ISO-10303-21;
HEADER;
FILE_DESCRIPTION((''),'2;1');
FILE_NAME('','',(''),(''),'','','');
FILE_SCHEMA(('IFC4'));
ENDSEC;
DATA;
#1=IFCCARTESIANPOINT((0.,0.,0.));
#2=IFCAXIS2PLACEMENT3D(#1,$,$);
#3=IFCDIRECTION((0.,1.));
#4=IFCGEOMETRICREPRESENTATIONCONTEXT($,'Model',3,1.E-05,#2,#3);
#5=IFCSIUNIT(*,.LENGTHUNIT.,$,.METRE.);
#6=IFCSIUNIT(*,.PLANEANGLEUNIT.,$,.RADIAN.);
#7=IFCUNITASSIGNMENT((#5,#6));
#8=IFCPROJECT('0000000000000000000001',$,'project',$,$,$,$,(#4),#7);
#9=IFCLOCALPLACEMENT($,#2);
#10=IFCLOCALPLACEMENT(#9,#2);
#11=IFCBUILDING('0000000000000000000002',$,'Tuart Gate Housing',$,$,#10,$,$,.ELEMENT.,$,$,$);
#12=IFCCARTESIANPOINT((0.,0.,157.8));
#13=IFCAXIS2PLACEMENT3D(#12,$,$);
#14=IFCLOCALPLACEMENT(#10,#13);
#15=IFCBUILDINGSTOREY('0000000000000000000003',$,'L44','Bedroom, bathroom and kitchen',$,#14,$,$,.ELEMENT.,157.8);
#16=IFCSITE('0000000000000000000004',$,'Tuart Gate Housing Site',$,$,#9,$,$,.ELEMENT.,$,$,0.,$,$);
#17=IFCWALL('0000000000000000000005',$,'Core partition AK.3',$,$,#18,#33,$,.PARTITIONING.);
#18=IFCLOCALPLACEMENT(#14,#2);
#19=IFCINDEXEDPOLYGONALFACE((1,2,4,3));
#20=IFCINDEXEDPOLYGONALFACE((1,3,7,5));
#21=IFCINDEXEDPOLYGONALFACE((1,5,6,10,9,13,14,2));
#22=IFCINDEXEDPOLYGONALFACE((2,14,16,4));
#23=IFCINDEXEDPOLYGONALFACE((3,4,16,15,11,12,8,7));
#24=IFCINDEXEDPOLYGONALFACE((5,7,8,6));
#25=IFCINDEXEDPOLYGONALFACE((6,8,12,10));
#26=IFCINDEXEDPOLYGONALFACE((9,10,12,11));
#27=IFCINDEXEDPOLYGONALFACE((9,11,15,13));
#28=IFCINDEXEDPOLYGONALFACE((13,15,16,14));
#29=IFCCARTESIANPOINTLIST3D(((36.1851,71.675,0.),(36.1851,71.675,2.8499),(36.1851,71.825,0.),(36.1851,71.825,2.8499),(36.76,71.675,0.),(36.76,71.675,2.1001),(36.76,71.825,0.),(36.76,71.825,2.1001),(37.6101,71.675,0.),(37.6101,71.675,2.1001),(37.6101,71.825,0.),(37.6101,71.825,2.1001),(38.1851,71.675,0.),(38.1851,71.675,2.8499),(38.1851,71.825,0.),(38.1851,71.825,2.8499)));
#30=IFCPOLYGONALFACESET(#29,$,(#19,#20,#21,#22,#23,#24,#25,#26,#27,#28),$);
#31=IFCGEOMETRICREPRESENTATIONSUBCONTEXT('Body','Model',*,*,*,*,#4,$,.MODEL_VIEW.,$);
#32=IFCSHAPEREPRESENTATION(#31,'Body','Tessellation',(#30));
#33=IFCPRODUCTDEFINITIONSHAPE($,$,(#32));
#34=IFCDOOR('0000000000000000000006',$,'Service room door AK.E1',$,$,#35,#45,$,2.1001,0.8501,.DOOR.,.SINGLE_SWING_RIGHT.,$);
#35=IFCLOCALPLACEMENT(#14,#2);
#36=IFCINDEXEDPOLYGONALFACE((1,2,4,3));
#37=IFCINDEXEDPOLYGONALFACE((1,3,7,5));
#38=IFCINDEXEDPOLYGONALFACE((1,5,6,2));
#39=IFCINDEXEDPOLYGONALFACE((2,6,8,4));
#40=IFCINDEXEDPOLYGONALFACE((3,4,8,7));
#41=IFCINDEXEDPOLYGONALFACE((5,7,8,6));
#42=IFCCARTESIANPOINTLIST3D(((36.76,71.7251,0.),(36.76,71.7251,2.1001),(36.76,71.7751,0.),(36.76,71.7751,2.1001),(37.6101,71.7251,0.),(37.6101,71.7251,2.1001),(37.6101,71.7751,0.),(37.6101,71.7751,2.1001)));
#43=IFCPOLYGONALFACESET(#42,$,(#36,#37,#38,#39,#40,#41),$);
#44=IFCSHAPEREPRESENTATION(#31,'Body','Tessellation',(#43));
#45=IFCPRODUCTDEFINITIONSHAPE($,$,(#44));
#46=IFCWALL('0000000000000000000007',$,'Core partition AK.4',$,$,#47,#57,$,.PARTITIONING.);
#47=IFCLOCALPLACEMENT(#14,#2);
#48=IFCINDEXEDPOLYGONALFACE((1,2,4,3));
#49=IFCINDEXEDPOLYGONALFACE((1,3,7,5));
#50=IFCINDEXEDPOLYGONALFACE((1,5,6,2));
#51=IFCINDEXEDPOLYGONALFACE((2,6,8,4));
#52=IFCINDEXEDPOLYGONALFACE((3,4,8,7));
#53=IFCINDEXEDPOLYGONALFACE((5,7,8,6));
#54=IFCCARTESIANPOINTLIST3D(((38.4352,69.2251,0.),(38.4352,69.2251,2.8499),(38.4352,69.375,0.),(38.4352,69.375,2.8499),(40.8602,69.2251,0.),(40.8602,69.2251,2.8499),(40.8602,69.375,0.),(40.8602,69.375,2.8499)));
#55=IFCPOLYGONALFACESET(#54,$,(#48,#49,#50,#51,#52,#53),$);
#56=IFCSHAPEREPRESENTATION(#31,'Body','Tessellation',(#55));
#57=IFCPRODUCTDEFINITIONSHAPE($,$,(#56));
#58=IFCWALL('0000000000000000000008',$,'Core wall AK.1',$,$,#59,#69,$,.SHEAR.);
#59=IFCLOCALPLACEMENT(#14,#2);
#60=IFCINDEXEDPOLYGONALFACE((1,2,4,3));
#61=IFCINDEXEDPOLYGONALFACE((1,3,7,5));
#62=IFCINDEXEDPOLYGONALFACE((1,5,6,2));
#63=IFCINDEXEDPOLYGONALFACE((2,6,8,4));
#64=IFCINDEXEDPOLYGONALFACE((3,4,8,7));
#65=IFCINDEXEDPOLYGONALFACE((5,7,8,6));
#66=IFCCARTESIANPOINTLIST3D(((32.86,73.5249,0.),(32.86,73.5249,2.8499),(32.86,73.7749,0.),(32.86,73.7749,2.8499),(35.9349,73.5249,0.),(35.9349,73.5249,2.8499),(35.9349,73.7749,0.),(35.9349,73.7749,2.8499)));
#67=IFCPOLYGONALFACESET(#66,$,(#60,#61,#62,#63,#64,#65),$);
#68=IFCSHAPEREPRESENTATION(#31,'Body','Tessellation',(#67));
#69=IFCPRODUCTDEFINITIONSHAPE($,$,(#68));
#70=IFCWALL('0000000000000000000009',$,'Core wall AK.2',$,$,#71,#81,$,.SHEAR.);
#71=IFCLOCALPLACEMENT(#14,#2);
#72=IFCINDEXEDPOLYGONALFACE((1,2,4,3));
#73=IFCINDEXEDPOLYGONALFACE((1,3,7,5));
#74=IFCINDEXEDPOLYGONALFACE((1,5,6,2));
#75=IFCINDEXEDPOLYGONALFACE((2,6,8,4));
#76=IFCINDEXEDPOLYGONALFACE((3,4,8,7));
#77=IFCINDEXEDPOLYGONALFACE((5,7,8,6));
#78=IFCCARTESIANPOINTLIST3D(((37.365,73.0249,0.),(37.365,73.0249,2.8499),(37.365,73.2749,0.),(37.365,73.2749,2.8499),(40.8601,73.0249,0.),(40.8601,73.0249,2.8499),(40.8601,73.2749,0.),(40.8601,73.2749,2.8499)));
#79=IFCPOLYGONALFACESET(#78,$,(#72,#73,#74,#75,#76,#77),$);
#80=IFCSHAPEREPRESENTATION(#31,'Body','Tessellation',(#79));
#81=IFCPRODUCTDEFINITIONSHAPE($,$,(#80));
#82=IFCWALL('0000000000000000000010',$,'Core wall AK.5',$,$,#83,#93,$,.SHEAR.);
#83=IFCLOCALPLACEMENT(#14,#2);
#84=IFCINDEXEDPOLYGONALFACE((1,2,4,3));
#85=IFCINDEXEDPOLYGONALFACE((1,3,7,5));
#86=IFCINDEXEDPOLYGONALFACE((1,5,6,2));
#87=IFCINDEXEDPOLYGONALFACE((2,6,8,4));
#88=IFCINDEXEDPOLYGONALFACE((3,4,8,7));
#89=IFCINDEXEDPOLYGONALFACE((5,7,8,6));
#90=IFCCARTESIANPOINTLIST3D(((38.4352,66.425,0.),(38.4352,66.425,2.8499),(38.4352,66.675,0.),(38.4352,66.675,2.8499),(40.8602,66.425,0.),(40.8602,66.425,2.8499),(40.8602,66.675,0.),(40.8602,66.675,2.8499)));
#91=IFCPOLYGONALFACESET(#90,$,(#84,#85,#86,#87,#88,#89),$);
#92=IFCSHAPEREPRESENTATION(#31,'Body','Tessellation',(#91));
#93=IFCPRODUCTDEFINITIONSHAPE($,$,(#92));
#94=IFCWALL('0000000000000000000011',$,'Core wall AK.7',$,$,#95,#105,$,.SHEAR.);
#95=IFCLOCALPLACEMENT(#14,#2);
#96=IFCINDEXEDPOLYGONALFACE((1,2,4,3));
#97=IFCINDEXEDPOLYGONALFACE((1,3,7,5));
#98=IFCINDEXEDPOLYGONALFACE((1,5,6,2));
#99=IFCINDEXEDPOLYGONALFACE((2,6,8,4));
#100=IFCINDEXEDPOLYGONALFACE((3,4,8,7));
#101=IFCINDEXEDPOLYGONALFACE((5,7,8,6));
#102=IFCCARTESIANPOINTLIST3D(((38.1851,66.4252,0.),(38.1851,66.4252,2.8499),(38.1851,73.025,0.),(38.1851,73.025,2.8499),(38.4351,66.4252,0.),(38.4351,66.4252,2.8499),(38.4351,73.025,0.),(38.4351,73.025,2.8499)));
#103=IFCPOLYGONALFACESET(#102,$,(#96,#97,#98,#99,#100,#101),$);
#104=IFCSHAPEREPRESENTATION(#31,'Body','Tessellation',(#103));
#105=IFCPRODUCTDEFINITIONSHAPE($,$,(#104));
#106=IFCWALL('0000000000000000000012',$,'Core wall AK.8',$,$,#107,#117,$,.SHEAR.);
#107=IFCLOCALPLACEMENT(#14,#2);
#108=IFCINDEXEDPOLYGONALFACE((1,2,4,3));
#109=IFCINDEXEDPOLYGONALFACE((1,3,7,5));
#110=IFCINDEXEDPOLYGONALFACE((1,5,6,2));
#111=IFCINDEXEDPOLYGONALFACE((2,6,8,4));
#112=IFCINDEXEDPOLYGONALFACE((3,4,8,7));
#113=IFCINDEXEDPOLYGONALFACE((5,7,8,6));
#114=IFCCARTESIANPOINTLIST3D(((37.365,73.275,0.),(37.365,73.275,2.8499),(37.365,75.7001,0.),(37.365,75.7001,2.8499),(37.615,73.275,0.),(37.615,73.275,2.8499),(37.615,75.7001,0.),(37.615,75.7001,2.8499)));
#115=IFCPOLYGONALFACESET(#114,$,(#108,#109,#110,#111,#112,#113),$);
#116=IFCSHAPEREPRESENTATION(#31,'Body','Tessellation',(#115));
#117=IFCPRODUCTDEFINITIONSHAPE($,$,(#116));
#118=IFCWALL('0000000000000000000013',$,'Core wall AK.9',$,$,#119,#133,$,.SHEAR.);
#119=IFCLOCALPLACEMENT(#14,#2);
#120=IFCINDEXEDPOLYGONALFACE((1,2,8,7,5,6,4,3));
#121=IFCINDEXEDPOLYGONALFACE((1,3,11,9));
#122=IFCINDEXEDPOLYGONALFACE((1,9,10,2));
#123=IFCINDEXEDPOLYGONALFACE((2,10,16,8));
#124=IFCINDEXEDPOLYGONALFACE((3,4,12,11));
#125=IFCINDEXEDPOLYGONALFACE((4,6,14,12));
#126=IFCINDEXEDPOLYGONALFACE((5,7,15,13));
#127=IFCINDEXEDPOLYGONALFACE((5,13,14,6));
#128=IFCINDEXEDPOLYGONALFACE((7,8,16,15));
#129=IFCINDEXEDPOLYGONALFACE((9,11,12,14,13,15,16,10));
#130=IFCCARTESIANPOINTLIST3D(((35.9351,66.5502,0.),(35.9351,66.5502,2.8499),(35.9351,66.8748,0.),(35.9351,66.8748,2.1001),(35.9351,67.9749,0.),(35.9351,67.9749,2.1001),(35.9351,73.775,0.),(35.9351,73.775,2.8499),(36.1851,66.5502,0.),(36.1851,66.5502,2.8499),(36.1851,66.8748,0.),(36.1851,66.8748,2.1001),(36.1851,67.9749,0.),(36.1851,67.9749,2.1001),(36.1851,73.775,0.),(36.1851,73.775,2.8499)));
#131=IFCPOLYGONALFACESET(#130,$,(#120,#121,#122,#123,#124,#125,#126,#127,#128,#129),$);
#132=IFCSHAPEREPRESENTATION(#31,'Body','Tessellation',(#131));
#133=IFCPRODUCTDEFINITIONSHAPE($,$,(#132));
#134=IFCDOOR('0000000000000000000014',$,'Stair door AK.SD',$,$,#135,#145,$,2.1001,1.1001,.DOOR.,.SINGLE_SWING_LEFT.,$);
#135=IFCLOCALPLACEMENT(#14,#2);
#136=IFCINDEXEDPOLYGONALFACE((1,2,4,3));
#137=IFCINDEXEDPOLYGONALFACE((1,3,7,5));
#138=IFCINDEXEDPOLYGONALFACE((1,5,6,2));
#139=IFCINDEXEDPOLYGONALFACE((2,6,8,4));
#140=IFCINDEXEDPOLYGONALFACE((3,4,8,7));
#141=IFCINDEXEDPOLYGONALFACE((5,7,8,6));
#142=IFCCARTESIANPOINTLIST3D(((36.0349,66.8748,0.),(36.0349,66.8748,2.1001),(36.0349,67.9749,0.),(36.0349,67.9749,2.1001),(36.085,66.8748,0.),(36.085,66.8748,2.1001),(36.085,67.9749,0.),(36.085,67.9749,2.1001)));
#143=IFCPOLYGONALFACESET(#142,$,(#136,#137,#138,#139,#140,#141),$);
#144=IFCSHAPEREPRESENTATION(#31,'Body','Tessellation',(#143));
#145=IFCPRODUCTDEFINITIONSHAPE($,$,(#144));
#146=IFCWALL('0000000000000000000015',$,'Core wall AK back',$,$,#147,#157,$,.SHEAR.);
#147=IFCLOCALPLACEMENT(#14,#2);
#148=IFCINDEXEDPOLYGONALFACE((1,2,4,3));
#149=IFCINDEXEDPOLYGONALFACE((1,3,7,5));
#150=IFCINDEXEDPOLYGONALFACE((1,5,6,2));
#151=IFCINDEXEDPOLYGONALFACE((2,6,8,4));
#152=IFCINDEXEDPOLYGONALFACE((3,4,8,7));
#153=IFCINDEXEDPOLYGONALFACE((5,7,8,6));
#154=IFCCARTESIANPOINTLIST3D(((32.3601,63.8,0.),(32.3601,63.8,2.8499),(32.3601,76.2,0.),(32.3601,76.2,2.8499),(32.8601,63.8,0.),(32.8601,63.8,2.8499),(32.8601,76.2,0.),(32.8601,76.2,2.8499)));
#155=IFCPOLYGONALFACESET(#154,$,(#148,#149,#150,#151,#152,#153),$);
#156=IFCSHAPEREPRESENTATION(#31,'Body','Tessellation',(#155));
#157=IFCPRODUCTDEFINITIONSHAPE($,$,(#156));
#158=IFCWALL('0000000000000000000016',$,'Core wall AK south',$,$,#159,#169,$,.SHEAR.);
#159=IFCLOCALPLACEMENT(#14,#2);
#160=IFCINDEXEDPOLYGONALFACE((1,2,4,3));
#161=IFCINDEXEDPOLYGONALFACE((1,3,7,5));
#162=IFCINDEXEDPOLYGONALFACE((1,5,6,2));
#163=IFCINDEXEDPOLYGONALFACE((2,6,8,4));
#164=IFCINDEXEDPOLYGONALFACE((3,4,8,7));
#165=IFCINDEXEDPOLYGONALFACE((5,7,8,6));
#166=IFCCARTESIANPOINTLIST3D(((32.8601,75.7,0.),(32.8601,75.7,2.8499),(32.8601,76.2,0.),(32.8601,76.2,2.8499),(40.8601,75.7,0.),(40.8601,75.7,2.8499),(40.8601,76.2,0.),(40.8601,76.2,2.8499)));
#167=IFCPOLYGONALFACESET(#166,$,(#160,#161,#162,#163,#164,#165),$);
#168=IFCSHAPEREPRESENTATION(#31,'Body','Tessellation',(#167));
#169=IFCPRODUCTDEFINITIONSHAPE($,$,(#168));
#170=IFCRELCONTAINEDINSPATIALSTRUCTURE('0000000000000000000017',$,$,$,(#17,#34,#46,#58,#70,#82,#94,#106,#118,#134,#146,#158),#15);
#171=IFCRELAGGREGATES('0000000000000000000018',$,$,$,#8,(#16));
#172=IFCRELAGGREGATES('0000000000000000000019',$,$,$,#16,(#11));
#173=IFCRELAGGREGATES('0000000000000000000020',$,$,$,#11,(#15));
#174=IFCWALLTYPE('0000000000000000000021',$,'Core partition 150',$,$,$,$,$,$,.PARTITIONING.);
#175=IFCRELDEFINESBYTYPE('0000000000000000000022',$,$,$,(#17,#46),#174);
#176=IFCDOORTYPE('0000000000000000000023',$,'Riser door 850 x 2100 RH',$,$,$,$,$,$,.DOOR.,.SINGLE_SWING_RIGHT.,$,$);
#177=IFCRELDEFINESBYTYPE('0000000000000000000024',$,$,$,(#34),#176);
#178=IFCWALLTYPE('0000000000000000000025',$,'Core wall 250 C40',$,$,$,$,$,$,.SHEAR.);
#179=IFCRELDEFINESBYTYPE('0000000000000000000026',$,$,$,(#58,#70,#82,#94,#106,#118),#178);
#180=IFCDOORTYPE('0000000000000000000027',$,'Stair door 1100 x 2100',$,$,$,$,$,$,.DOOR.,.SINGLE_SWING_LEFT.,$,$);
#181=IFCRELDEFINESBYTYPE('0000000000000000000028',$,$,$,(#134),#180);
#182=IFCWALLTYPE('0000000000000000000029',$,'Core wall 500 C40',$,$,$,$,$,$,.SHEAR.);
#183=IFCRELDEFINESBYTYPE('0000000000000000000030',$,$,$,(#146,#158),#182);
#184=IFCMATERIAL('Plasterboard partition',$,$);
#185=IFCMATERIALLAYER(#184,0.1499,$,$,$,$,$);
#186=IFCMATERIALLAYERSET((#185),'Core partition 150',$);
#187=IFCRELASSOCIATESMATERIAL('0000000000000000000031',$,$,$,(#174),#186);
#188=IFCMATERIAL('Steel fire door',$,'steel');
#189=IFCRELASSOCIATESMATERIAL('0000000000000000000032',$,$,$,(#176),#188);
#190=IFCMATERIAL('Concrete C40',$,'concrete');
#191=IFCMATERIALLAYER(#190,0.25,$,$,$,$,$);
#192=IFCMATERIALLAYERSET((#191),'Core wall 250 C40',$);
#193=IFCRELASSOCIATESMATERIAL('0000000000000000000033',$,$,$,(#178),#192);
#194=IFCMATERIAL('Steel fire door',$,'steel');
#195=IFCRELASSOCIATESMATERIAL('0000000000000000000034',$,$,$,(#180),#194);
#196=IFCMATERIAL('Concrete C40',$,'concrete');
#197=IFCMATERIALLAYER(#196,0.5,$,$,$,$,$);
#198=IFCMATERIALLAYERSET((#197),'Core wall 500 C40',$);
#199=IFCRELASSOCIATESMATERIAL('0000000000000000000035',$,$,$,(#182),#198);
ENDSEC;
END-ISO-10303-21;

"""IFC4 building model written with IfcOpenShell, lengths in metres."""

from ifc_helpers import new_model, si_unit, direction, frame, frame_2d, origin, place, context, subcontext, project, spatial, rectangle, extrude, material, layer, layer_set, type_object, element, fill, save


model = new_model("IFC4")

# Units and contexts
model_context = context("Model", 3, precision=1e-05, world=origin(), true_north=direction((0.0, 1.0)))
body_context = subcontext(model_context, "Body", "Model", "MODEL_VIEW")
ifc_project = project(units=[si_unit("LENGTHUNIT", "METRE"), si_unit("PLANEANGLEUNIT", "RADIAN")], contexts=[model_context])

# Site, building, storey
site_placement = place(None, origin())
site = spatial("IfcSite", under=ifc_project, at=site_placement, Name="Tuart Gate Housing Site", CompositionType="ELEMENT", RefElevation=0.0)
building_placement = place(site_placement, origin())
building = spatial("IfcBuilding", under=site, at=building_placement, Name="Tuart Gate Housing", CompositionType="ELEMENT")
storey_placement = place(building_placement, frame((0.0, 0.0, 157.8)))
storey = spatial("IfcBuildingStorey", under=building, at=storey_placement, Name="L44", Description="Bedroom, bathroom and kitchen", CompositionType="ELEMENT", Elevation=157.8)

# Wall, opening, door
ifc_material_1 = material(Name="Plasterboard partition")
ifc_layer_1 = layer(ifc_material_1, 0.1499)
ifc_layer_set_1 = layer_set([ifc_layer_1], Name="Core partition 150")
wall_type_1 = type_object("IfcWallType", Name="Core partition 150", PredefinedType="PARTITIONING", material=ifc_layer_set_1)
wall_1_placement = place(storey_placement, frame((38.1851, 71.75, 0.0), z_axis=(0.0, 0.0, 1.0), x_axis=(-1.0, 0.0, 0.0)))
wall_1 = element("IfcWall", 1, at=wall_1_placement, inside=storey, type_object=wall_type_1, Name="Core partition AK.3", PredefinedType="PARTITIONING", context=body_context, shape_type="SweptSolid", body=[
    extrude(rectangle(XDim=2.0, YDim=0.1499, at=frame_2d((1.0, 0.0))), origin(), (0.0, 0.0, 1.0), 2.8499),
])
opening_1_placement = place(wall_1_placement, frame((0.575, 0.0, 0.0)))
opening_1 = element("IfcOpeningElement", 2, at=opening_1_placement, cuts=wall_1, PredefinedType="OPENING", context=body_context, shape_type="SweptSolid", body=[
    extrude(rectangle(XDim=0.8501, YDim=2.1001, at=frame_2d((0.425, 1.05))), frame((0.0, 0.085, 0.0), z_axis=(0.0, -1.0, 0.0), x_axis=(1.0, 0.0, 0.0)), (0.0, 0.0, 1.0), 0.1699),
])
ifc_material_2 = material(Name="Steel fire door", Category="steel")
door_type_1 = type_object("IfcDoorType", Name="Riser door 850 x 2100 RH", OperationType="SINGLE_SWING_RIGHT", PredefinedType="DOOR", material=ifc_material_2)
door_1_placement = place(opening_1_placement, frame((0.8501, 0.0, 0.0), z_axis=(0.0, 0.0, 1.0), x_axis=(-1.0, 0.0, 0.0)))
door_1 = element("IfcDoor", 3, at=door_1_placement, inside=storey, type_object=door_type_1, Name="Service room door AK.E1", OperationType="SINGLE_SWING_RIGHT", OverallHeight=2.1001, OverallWidth=0.8501, PredefinedType="DOOR", context=body_context, shape_type="SweptSolid", body=[
    extrude(rectangle(XDim=0.8501, YDim=2.1001, at=frame_2d((0.425, 1.05))), frame((0.0, 0.0251, 0.0), z_axis=(0.0, -1.0, 0.0), x_axis=(1.0, 0.0, 0.0)), (0.0, 0.0, 1.0), 0.05),
])
fill(opening_1, door_1)

# Walls
wall_2_placement = place(storey_placement, frame((40.8601, 69.3, 0.0), z_axis=(0.0, 0.0, 1.0), x_axis=(-1.0, 0.0, 0.0)))
element("IfcWall", 4, at=wall_2_placement, inside=storey, type_object=wall_type_1, Name="Core partition AK.4", PredefinedType="PARTITIONING", context=body_context, shape_type="SweptSolid", body=[
    extrude(rectangle(XDim=2.425, YDim=0.1499, at=frame_2d((1.2124, 0.0))), origin(), (0.0, 0.0, 1.0), 2.8499),
])
ifc_material_3 = material(Name="Concrete C40", Category="concrete")
ifc_layer_2 = layer(ifc_material_3, 0.25)
ifc_layer_set_2 = layer_set([ifc_layer_2], Name="Core wall 250 C40")
wall_type_2 = type_object("IfcWallType", Name="Core wall 250 C40", PredefinedType="SHEAR", material=ifc_layer_set_2)
wall_3_placement = place(storey_placement, frame((35.9351, 73.6499, 0.0), z_axis=(0.0, 0.0, 1.0), x_axis=(-1.0, 0.0, 0.0)))
element("IfcWall", 5, at=wall_3_placement, inside=storey, type_object=wall_type_2, Name="Core wall AK.1", PredefinedType="SHEAR", context=body_context, shape_type="SweptSolid", body=[
    extrude(rectangle(XDim=3.075, YDim=0.25, at=frame_2d((1.5376, 0.0))), origin(), (0.0, 0.0, 1.0), 2.8499),
])
wall_4_placement = place(storey_placement, frame((40.8601, 73.1499, 0.0), z_axis=(0.0, 0.0, 1.0), x_axis=(-1.0, 0.0, 0.0)))
element("IfcWall", 6, at=wall_4_placement, inside=storey, type_object=wall_type_2, Name="Core wall AK.2", PredefinedType="SHEAR", context=body_context, shape_type="SweptSolid", body=[
    extrude(rectangle(XDim=3.4951, YDim=0.25, at=frame_2d((1.7476, 0.0))), origin(), (0.0, 0.0, 1.0), 2.8499),
])
wall_5_placement = place(storey_placement, frame((40.8601, 66.55, 0.0), z_axis=(0.0, 0.0, 1.0), x_axis=(-1.0, 0.0, 0.0)))
element("IfcWall", 7, at=wall_5_placement, inside=storey, type_object=wall_type_2, Name="Core wall AK.5", PredefinedType="SHEAR", context=body_context, shape_type="SweptSolid", body=[
    extrude(rectangle(XDim=2.425, YDim=0.25, at=frame_2d((1.2124, 0.0))), origin(), (0.0, 0.0, 1.0), 2.8499),
])
wall_6_placement = place(storey_placement, frame((38.3101, 73.0249, 0.0), z_axis=(0.0, 0.0, 1.0), x_axis=(0.0, -1.0, 0.0)))
element("IfcWall", 8, at=wall_6_placement, inside=storey, type_object=wall_type_2, Name="Core wall AK.7", PredefinedType="SHEAR", context=body_context, shape_type="SweptSolid", body=[
    extrude(rectangle(XDim=6.5999, YDim=0.25, at=frame_2d((3.2998, 0.0))), origin(), (0.0, 0.0, 1.0), 2.8499),
])
wall_7_placement = place(storey_placement, frame((37.49, 75.7, 0.0), z_axis=(0.0, 0.0, 1.0), x_axis=(0.0, -1.0, 0.0)))
element("IfcWall", 9, at=wall_7_placement, inside=storey, type_object=wall_type_2, Name="Core wall AK.8", PredefinedType="SHEAR", context=body_context, shape_type="SweptSolid", body=[
    extrude(rectangle(XDim=2.425, YDim=0.25, at=frame_2d((1.2124, 0.0))), origin(), (0.0, 0.0, 1.0), 2.8499),
])

# Wall, opening, door
wall_8_placement = place(storey_placement, frame((36.0601, 73.7749, 0.0), z_axis=(0.0, 0.0, 1.0), x_axis=(0.0, -1.0, 0.0)))
wall_8 = element("IfcWall", 10, at=wall_8_placement, inside=storey, type_object=wall_type_2, Name="Core wall AK.9", PredefinedType="SHEAR", context=body_context, shape_type="SweptSolid", body=[
    extrude(rectangle(XDim=7.2249, YDim=0.25, at=frame_2d((3.6123, 0.0))), origin(), (0.0, 0.0, 1.0), 2.8499),
])
opening_2_placement = place(wall_8_placement, frame((5.8, 0.0, 0.0)))
opening_2 = element("IfcOpeningElement", 11, at=opening_2_placement, cuts=wall_8, PredefinedType="OPENING", context=body_context, shape_type="SweptSolid", body=[
    extrude(rectangle(XDim=1.1001, YDim=2.1001, at=frame_2d((0.55, 1.05))), frame((0.0, 0.135, 0.0), z_axis=(0.0, -1.0, 0.0), x_axis=(1.0, 0.0, 0.0)), (0.0, 0.0, 1.0), 0.27),
])
ifc_material_4 = material(Name="Steel fire door", Category="steel")
door_type_2 = type_object("IfcDoorType", Name="Stair door 1100 x 2100", OperationType="SINGLE_SWING_LEFT", PredefinedType="DOOR", material=ifc_material_4)
door_2_placement = place(opening_2_placement, frame((1.1001, 0.0, 0.0), z_axis=(0.0, 0.0, 1.0), x_axis=(-1.0, 0.0, 0.0)))
door_2 = element("IfcDoor", 12, at=door_2_placement, inside=storey, type_object=door_type_2, Name="Stair door AK.SD", OperationType="SINGLE_SWING_LEFT", OverallHeight=2.1001, OverallWidth=1.1001, PredefinedType="DOOR", context=body_context, shape_type="SweptSolid", body=[
    extrude(rectangle(XDim=1.1001, YDim=2.1001, at=frame_2d((0.55, 1.05))), frame((0.0, 0.0251, 0.0), z_axis=(0.0, -1.0, 0.0), x_axis=(1.0, 0.0, 0.0)), (0.0, 0.0, 1.0), 0.05),
])
fill(opening_2, door_2)

# Walls
ifc_material_5 = material(Name="Concrete C40", Category="concrete")
ifc_layer_3 = layer(ifc_material_5, 0.5)
ifc_layer_set_3 = layer_set([ifc_layer_3], Name="Core wall 500 C40")
wall_type_3 = type_object("IfcWallType", Name="Core wall 500 C40", PredefinedType="SHEAR", material=ifc_layer_set_3)
wall_9_placement = place(storey_placement, frame((32.6101, 76.2, 0.0), z_axis=(0.0, 0.0, 1.0), x_axis=(0.0, -1.0, 0.0)))
element("IfcWall", 13, at=wall_9_placement, inside=storey, type_object=wall_type_3, Name="Core wall AK back", PredefinedType="SHEAR", context=body_context, shape_type="SweptSolid", body=[
    extrude(rectangle(XDim=12.3999, YDim=0.5, at=frame_2d((6.2, 0.0))), origin(), (0.0, 0.0, 1.0), 2.8499),
])
wall_10_placement = place(storey_placement, frame((40.8601, 75.95, 0.0), z_axis=(0.0, 0.0, 1.0), x_axis=(-1.0, 0.0, 0.0)))
element("IfcWall", 14, at=wall_10_placement, inside=storey, type_object=wall_type_3, Name="Core wall AK south", PredefinedType="SHEAR", context=body_context, shape_type="SweptSolid", body=[
    extrude(rectangle(XDim=8.0, YDim=0.5, at=frame_2d((4.0, 0.0))), origin(), (0.0, 0.0, 1.0), 2.8499),
])

save(model, "model.ifc")
